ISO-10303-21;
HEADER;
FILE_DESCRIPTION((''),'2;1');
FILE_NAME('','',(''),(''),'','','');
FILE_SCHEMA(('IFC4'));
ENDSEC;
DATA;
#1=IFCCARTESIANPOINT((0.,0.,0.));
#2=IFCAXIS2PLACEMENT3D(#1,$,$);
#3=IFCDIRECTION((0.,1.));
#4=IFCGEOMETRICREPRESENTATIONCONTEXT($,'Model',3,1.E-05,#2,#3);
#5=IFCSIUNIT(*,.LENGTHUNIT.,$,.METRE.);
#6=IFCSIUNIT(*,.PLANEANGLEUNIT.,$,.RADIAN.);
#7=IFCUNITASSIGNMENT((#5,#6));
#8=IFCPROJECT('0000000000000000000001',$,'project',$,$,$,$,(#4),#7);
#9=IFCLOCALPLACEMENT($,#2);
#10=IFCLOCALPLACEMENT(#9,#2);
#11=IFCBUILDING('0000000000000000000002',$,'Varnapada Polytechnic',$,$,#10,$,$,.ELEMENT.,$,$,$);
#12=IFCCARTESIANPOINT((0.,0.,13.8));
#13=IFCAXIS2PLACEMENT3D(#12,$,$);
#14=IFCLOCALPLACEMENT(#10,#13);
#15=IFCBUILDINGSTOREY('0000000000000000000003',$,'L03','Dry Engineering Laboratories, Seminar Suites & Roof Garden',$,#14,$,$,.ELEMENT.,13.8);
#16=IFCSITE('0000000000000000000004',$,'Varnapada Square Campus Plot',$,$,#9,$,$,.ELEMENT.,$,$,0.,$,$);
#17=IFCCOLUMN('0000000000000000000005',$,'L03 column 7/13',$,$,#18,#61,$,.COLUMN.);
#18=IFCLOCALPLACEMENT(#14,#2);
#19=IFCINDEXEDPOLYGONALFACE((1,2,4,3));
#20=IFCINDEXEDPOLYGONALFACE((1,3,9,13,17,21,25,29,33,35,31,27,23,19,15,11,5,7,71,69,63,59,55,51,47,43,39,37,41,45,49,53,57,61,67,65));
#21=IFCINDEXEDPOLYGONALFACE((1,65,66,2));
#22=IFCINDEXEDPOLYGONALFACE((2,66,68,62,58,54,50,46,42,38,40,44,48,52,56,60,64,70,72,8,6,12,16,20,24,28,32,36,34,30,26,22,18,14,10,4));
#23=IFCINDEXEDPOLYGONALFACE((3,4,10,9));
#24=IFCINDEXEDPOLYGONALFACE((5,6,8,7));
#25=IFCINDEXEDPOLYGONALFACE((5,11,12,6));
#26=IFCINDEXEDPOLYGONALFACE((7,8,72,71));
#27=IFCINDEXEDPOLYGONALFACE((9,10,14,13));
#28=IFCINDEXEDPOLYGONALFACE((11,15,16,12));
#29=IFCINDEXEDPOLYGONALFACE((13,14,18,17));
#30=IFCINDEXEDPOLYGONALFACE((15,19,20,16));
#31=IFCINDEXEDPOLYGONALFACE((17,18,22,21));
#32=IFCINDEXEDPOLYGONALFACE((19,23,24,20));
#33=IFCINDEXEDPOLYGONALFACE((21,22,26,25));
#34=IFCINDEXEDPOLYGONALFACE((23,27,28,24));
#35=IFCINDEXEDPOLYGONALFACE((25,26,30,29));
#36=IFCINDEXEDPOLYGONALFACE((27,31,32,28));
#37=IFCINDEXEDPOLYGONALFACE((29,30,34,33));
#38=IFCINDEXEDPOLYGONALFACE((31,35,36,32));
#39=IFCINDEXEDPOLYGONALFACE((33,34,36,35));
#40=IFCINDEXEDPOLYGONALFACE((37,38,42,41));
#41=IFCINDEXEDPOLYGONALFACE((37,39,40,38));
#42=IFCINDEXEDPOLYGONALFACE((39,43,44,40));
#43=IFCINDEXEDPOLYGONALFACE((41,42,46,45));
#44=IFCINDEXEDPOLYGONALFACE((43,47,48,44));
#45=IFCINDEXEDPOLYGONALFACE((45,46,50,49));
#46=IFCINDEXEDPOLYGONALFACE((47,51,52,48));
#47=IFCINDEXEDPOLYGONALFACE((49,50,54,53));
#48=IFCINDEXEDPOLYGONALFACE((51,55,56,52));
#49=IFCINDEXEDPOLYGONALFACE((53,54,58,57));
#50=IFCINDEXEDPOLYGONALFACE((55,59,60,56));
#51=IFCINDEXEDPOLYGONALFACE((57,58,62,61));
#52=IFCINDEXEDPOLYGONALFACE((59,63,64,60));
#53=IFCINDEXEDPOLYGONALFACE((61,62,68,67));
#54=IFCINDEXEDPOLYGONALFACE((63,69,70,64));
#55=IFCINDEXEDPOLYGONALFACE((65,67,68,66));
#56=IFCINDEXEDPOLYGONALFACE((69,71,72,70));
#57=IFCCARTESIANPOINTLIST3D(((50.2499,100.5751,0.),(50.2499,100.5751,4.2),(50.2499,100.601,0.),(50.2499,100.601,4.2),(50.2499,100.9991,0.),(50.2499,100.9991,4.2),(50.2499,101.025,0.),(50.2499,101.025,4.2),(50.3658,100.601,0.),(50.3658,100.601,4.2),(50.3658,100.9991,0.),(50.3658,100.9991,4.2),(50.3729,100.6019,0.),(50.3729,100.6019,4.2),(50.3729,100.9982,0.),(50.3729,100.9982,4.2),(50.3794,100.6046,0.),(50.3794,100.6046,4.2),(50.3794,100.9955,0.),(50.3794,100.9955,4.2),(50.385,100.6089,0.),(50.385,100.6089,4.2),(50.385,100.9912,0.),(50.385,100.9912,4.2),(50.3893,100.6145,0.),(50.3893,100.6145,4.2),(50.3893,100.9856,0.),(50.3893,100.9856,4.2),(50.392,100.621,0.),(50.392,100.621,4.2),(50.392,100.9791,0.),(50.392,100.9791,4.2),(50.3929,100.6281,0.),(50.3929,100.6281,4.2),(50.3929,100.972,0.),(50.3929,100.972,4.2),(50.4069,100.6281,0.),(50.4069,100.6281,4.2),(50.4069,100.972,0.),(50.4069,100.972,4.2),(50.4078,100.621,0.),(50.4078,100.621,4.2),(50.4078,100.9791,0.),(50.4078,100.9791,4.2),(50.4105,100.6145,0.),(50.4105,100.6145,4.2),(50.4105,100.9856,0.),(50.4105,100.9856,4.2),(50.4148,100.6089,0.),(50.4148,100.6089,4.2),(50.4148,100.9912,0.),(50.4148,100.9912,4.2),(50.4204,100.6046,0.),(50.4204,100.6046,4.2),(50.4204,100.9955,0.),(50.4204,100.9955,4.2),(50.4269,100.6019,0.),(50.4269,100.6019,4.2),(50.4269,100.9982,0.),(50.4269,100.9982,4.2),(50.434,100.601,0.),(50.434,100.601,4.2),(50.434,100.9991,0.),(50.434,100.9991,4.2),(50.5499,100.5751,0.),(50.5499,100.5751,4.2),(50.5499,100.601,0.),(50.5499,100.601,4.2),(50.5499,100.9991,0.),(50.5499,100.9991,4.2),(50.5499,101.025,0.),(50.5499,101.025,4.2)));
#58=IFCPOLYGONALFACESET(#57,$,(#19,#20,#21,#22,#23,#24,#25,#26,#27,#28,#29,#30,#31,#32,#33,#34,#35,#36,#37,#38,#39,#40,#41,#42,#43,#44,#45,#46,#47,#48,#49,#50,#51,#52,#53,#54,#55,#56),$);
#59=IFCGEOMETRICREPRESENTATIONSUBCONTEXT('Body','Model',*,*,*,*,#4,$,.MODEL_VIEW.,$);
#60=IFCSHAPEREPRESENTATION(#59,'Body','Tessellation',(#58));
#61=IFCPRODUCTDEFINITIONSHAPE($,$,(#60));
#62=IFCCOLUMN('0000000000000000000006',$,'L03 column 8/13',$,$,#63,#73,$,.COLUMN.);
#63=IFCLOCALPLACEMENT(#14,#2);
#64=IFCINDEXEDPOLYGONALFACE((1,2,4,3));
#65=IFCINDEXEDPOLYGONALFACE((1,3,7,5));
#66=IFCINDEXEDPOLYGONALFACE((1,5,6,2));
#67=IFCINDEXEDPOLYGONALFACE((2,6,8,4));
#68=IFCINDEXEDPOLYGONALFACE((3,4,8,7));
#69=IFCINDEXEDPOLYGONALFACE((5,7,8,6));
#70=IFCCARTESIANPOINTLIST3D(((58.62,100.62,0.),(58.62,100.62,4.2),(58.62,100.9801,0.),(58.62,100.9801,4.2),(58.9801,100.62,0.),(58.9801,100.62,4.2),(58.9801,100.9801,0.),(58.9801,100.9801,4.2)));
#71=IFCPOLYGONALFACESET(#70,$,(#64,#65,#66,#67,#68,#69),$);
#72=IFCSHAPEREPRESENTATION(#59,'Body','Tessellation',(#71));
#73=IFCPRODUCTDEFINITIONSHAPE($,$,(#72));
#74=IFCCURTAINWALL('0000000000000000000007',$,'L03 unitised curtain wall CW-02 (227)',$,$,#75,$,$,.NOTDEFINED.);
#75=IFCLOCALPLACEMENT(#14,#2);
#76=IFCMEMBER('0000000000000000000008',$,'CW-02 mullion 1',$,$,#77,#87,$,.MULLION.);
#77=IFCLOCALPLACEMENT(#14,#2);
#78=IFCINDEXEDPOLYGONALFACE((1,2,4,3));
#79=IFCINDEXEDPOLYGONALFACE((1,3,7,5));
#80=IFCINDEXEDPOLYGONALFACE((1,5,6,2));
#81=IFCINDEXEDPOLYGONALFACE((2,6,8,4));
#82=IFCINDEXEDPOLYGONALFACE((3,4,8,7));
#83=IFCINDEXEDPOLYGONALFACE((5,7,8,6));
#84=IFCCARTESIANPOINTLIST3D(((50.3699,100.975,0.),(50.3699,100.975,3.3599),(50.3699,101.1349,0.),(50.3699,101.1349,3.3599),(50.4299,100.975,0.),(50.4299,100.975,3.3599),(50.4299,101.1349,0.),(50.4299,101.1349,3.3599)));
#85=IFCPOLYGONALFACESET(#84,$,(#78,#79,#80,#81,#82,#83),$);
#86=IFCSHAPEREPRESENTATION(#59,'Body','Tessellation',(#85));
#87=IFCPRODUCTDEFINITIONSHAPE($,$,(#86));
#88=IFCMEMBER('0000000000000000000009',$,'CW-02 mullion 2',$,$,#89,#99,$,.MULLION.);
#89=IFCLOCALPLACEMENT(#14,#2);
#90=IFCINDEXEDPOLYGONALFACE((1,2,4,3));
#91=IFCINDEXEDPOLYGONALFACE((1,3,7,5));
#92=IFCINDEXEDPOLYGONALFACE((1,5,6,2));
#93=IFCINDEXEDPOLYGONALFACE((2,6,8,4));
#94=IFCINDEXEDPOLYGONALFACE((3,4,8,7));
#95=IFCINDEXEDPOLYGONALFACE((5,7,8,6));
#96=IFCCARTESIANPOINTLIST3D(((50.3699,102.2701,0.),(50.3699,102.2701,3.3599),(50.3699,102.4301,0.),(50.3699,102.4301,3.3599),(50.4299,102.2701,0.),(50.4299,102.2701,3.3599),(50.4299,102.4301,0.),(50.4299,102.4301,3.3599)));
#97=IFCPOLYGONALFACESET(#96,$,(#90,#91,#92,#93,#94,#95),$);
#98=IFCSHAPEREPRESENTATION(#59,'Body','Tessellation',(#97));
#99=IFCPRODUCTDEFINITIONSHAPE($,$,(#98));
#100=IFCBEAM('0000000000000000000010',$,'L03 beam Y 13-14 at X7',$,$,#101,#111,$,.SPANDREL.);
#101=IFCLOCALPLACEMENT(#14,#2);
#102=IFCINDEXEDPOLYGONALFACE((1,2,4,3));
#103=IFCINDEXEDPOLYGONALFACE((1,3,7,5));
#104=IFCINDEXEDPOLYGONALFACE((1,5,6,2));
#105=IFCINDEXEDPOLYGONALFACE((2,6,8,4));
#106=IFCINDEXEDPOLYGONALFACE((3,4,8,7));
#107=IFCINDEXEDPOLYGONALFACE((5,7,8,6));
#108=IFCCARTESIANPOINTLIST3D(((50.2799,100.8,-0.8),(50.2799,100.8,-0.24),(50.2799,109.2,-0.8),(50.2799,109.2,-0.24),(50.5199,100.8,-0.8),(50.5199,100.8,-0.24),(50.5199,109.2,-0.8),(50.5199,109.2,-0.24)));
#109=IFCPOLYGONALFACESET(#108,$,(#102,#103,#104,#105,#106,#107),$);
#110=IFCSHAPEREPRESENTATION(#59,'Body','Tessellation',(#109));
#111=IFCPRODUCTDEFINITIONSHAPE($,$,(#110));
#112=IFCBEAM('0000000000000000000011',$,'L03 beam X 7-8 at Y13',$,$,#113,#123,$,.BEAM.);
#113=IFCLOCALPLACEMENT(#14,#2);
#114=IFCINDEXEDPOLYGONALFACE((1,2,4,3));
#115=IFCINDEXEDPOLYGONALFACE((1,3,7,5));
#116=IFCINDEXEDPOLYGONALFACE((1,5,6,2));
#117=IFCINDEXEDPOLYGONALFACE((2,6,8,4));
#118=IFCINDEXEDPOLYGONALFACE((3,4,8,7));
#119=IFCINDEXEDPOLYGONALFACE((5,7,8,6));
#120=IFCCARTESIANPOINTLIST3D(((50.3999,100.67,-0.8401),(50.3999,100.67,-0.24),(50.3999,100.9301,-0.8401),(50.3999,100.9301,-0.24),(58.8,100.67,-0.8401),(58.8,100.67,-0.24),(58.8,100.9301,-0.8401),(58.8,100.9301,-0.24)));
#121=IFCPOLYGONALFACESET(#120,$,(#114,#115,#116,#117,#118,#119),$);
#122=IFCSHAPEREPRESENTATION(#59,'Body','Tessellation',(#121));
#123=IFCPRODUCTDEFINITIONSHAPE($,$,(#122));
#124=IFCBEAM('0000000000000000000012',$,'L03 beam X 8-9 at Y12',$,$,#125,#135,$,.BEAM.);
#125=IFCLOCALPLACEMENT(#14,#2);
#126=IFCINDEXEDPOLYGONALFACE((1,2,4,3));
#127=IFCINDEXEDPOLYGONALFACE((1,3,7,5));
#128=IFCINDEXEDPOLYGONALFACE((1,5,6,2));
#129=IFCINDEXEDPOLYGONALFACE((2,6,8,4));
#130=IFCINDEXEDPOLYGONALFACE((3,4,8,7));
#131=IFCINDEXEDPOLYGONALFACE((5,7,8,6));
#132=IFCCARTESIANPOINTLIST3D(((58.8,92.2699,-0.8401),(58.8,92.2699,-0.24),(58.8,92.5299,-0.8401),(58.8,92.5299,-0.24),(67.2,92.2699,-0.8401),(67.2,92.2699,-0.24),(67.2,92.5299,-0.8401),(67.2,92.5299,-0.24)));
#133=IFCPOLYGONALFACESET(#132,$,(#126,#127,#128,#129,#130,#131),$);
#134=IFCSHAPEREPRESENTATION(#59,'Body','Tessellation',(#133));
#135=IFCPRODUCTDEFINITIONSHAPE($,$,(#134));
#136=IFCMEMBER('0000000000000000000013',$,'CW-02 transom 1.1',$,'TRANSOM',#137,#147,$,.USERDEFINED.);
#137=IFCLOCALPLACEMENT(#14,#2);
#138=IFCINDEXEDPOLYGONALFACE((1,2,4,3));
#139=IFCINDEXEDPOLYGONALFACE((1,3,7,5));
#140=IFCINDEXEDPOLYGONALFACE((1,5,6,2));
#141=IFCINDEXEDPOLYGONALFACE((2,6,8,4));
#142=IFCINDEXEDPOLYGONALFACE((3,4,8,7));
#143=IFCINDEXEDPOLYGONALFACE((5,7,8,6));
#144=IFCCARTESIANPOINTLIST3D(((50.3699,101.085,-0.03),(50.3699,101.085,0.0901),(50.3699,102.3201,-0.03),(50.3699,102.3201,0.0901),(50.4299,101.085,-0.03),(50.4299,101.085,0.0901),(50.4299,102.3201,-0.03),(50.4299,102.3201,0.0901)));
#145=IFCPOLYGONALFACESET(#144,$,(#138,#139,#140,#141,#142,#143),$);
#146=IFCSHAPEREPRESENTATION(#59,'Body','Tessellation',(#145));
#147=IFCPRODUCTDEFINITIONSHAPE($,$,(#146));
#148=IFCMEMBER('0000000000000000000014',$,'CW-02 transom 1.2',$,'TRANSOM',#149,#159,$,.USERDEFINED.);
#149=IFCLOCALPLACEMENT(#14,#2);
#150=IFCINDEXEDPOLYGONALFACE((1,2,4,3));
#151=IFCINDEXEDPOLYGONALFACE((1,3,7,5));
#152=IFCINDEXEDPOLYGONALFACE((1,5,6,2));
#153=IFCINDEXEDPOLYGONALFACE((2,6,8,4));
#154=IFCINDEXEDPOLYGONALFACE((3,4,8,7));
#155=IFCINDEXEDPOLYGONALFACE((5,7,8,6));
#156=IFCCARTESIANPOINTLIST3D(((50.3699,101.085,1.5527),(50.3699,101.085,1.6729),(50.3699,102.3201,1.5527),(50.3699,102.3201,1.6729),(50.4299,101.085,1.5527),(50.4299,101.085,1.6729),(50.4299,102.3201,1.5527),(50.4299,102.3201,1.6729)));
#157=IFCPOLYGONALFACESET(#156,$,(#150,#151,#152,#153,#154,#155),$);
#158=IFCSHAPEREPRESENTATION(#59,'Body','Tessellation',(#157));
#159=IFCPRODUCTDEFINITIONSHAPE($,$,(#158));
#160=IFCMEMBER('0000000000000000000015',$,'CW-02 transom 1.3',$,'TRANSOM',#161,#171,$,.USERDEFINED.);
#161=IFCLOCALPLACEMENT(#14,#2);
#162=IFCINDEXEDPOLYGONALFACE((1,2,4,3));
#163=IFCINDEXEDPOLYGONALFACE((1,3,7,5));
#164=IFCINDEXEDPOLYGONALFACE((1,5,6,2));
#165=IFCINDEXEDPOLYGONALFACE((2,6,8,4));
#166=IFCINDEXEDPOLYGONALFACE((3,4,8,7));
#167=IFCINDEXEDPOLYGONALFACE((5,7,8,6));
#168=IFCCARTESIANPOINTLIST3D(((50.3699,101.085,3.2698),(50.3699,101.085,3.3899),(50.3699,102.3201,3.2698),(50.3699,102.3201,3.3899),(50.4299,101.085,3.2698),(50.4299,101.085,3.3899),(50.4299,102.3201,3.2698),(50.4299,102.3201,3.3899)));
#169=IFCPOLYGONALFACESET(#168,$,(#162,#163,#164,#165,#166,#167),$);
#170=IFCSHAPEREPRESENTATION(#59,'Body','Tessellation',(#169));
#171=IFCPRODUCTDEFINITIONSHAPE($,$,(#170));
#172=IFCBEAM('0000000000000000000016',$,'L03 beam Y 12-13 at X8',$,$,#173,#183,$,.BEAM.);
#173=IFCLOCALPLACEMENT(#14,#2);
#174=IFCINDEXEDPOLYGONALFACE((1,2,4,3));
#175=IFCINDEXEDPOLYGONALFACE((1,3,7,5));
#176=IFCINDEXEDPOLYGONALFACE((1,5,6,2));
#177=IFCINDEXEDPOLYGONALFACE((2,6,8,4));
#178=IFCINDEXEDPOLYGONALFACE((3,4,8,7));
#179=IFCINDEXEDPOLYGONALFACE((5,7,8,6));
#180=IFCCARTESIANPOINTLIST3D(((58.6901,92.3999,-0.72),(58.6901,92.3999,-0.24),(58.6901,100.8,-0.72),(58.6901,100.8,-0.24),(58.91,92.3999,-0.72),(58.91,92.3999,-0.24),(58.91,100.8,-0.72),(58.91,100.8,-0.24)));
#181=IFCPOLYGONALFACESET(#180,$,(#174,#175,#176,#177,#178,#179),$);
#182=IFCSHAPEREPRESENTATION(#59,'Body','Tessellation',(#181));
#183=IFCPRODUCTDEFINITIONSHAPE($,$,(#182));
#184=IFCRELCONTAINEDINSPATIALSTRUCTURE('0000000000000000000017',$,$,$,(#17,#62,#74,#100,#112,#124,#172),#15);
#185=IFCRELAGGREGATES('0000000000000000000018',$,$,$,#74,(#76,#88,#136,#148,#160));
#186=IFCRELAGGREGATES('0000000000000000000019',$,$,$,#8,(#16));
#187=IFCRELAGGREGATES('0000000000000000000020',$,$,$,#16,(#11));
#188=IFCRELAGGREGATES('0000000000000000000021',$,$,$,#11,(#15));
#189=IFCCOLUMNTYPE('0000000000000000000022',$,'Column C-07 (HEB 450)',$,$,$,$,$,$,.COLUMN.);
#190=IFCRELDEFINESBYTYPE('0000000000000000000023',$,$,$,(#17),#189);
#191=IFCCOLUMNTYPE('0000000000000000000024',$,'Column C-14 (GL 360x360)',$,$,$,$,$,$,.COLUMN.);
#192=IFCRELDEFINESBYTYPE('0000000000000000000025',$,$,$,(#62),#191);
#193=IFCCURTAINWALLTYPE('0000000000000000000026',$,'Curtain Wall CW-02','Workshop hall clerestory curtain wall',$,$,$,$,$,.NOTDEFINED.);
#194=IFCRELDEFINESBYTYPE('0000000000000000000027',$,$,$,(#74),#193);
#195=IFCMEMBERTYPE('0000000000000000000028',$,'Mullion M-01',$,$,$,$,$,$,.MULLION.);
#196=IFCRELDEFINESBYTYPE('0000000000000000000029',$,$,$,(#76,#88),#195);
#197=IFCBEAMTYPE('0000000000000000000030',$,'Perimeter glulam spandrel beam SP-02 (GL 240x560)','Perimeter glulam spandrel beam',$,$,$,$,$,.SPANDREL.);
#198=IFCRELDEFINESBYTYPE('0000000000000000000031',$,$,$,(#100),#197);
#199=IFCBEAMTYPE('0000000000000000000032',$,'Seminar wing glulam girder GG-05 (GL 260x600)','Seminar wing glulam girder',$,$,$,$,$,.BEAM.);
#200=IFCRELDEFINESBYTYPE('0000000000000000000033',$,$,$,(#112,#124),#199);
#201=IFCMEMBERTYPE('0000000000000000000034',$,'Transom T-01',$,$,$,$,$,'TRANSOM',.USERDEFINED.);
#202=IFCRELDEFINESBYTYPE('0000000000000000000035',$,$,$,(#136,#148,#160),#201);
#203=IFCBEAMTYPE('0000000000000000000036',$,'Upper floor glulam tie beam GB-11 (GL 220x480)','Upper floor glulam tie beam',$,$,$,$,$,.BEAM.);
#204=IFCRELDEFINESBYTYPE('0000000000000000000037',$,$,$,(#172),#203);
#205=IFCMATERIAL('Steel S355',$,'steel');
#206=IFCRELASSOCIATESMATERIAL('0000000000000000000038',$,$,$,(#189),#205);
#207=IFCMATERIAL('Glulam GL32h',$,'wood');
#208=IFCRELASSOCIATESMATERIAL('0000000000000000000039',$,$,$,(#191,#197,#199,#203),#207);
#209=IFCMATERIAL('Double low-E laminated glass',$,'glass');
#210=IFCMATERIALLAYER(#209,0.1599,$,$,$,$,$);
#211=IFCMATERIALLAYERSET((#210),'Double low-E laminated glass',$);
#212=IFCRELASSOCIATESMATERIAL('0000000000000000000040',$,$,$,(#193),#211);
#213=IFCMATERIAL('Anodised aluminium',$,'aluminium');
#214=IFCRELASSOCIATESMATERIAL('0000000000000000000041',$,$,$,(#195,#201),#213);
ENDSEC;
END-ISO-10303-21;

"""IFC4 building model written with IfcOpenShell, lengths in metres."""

from ifc_helpers import new_model, si_unit, direction, frame, origin, origin_2d, place, context, subcontext, project, spatial, rectangle, i_section, extrude, material, layer, layer_set, material_profile, profile_set, type_object, element, aggregate, save


model = new_model("IFC4")

# Units and contexts
model_context = context("Model", 3, precision=1e-05, world=origin(), true_north=direction((0.0, 1.0)))
body_context = subcontext(model_context, "Body", "Model", "MODEL_VIEW")
ifc_project = project(units=[si_unit("LENGTHUNIT", "METRE"), si_unit("PLANEANGLEUNIT", "RADIAN")], contexts=[model_context])

# Site, building, storey
site_placement = place(None, origin())
site = spatial("IfcSite", under=ifc_project, at=site_placement, Name="Varnapada Square Campus Plot", CompositionType="ELEMENT", RefElevation=0.0)
building_placement = place(site_placement, origin())
building = spatial("IfcBuilding", under=site, at=building_placement, Name="Varnapada Polytechnic", CompositionType="ELEMENT")
storey_placement = place(building_placement, frame((0.0, 0.0, 13.8)))
storey = spatial("IfcBuildingStorey", under=building, at=storey_placement, Name="L03", Description="Dry Engineering Laboratories, Seminar Suites & Roof Garden", CompositionType="ELEMENT", Elevation=13.8)

# Columns
ifc_material_1 = material(Name="Steel S355", Category="steel")
ifc_material_profile_1 = material_profile(ifc_material_1, i_section(OverallWidth=0.3, OverallDepth=0.45, WebThickness=0.0139, FlangeThickness=0.0259, FilletRadius=0.0271, at=origin_2d()), Name="HEB 450")
ifc_profile_set_1 = profile_set([ifc_material_profile_1], Name="Steel S355")
column_type_1 = type_object("IfcColumnType", Name="Column C-07 (HEB 450)", PredefinedType="COLUMN", material=ifc_profile_set_1)
column_1_placement = place(storey_placement, frame((50.3999, 100.8, 0.0), z_axis=(0.0, 0.0, 1.0), x_axis=(1.0, 0.0, 0.0)))
element("IfcColumn", 1, at=column_1_placement, inside=storey, type_object=column_type_1, Name="L03 column 7/13", PredefinedType="COLUMN", context=body_context, shape_type="SweptSolid", body=[
    extrude(i_section(OverallWidth=0.3, OverallDepth=0.45, WebThickness=0.0139, FlangeThickness=0.0259, FilletRadius=0.0271, at=origin_2d()), origin(), (0.0, 0.0, 1.0), 4.2),
])
ifc_material_2 = material(Name="Glulam GL32h", Category="wood")
ifc_material_profile_2 = material_profile(ifc_material_2, rectangle(XDim=0.3601, YDim=0.3601, at=origin_2d()), Name="GL 360x360")
ifc_profile_set_2 = profile_set([ifc_material_profile_2], Name="Glulam GL32h")
column_type_2 = type_object("IfcColumnType", Name="Column C-14 (GL 360x360)", PredefinedType="COLUMN", material=ifc_profile_set_2)
column_2_placement = place(storey_placement, frame((58.8, 100.8, 0.0), z_axis=(0.0, 0.0, 1.0), x_axis=(1.0, 0.0, 0.0)))
element("IfcColumn", 2, at=column_2_placement, inside=storey, type_object=column_type_2, Name="L03 column 8/13", PredefinedType="COLUMN", context=body_context, shape_type="SweptSolid", body=[
    extrude(rectangle(XDim=0.3601, YDim=0.3601, at=origin_2d()), origin(), (0.0, 0.0, 1.0), 4.2),
])

# Curtain wall, members
ifc_material_3 = material(Name="Double low-E laminated glass", Category="glass")
ifc_layer_1 = layer(ifc_material_3, 0.1599)
ifc_layer_set_1 = layer_set([ifc_layer_1], Name="Double low-E laminated glass")
curtain_wall_type = type_object("IfcCurtainWallType", Name="Curtain Wall CW-02", Description="Workshop hall clerestory curtain wall", PredefinedType="NOTDEFINED", material=ifc_layer_set_1)
curtain_wall_placement = place(storey_placement, origin())
curtain_wall = element("IfcCurtainWall", 3, at=curtain_wall_placement, inside=storey, type_object=curtain_wall_type, Name="L03 unitised curtain wall CW-02 (227)", PredefinedType="NOTDEFINED")
ifc_material_4 = material(Name="Anodised aluminium", Category="aluminium")
ifc_material_profile_3 = material_profile(ifc_material_4, rectangle(XDim=0.0601, YDim=0.1599, at=origin_2d()), Name="ALU M60x160")
ifc_profile_set_3 = profile_set([ifc_material_profile_3], Name="Anodised aluminium")
member_type_1 = type_object("IfcMemberType", Name="Mullion M-01", PredefinedType="MULLION", material=ifc_profile_set_3)
member_1_placement = place(storey_placement, frame((50.3999, 101.0549, 0.0), z_axis=(0.0, 0.0, 1.0), x_axis=(-1.0, 0.0, 0.0)))
member_1 = element("IfcMember", 4, at=member_1_placement, type_object=member_type_1, Name="CW-02 mullion 1", PredefinedType="MULLION", context=body_context, shape_type="SweptSolid", body=[
    extrude(rectangle(XDim=0.0601, YDim=0.1599, at=origin_2d()), origin(), (0.0, 0.0, 1.0), 3.3599),
])
member_2_placement = place(storey_placement, frame((50.3999, 102.3501, 0.0), z_axis=(0.0, 0.0, 1.0), x_axis=(-1.0, 0.0, 0.0)))
member_2 = element("IfcMember", 5, at=member_2_placement, type_object=member_type_1, Name="CW-02 mullion 2", PredefinedType="MULLION", context=body_context, shape_type="SweptSolid", body=[
    extrude(rectangle(XDim=0.0601, YDim=0.1599, at=origin_2d()), origin(), (0.0, 0.0, 1.0), 3.3599),
])

# Beams
ifc_material_profile_4 = material_profile(ifc_material_2, rectangle(XDim=0.24, YDim=0.5601, at=origin_2d()), Name="GL 240x560")
ifc_profile_set_4 = profile_set([ifc_material_profile_4], Name="Glulam GL32h")
beam_type_1 = type_object("IfcBeamType", Name="Perimeter glulam spandrel beam SP-02 (GL 240x560)", Description="Perimeter glulam spandrel beam", PredefinedType="SPANDREL", material=ifc_profile_set_4)
beam_1_placement = place(storey_placement, frame((50.3999, 100.8, -0.52), z_axis=(0.0, 1.0, 0.0), x_axis=(-1.0, 0.0, 0.0)))
element("IfcBeam", 6, at=beam_1_placement, inside=storey, type_object=beam_type_1, Name="L03 beam Y 13-14 at X7", PredefinedType="SPANDREL", context=body_context, shape_type="SweptSolid", body=[
    extrude(rectangle(XDim=0.24, YDim=0.5601, at=origin_2d()), origin(), (0.0, 0.0, 1.0), 8.3999),
])
ifc_material_profile_5 = material_profile(ifc_material_2, rectangle(XDim=0.26, YDim=0.6001, at=origin_2d()), Name="GL 260x600")
ifc_profile_set_5 = profile_set([ifc_material_profile_5], Name="Glulam GL32h")
beam_type_2 = type_object("IfcBeamType", Name="Seminar wing glulam girder GG-05 (GL 260x600)", Description="Seminar wing glulam girder", PredefinedType="BEAM", material=ifc_profile_set_5)
beam_2_placement = place(storey_placement, frame((50.3999, 100.8, -0.54), z_axis=(1.0, 0.0, 0.0), x_axis=(0.0, 1.0, 0.0)))
element("IfcBeam", 7, at=beam_2_placement, inside=storey, type_object=beam_type_2, Name="L03 beam X 7-8 at Y13", PredefinedType="BEAM", context=body_context, shape_type="SweptSolid", body=[
    extrude(rectangle(XDim=0.26, YDim=0.6001, at=origin_2d()), origin(), (0.0, 0.0, 1.0), 8.4001),
])
beam_3_placement = place(storey_placement, frame((58.8, 92.3999, -0.54), z_axis=(1.0, 0.0, 0.0), x_axis=(0.0, 1.0, 0.0)))
element("IfcBeam", 8, at=beam_3_placement, inside=storey, type_object=beam_type_2, Name="L03 beam X 8-9 at Y12", PredefinedType="BEAM", context=body_context, shape_type="SweptSolid", body=[
    extrude(rectangle(XDim=0.26, YDim=0.6001, at=origin_2d()), origin(), (0.0, 0.0, 1.0), 8.3999),
])

# Members
ifc_material_profile_6 = material_profile(ifc_material_4, rectangle(XDim=0.0601, YDim=0.1201, at=origin_2d()), Name="ALU T60x120")
ifc_profile_set_6 = profile_set([ifc_material_profile_6], Name="Anodised aluminium")
member_type_2 = type_object("IfcMemberType", Name="Transom T-01", ElementType="TRANSOM", PredefinedType="USERDEFINED", material=ifc_profile_set_6)
member_3_placement = place(storey_placement, frame((50.3999, 101.085, 0.03), z_axis=(0.0, 1.0, 0.0), x_axis=(-1.0, 0.0, 0.0)))
member_3 = element("IfcMember", 9, at=member_3_placement, type_object=member_type_2, Name="CW-02 transom 1.1", ObjectType="TRANSOM", PredefinedType="USERDEFINED", context=body_context, shape_type="SweptSolid", body=[
    extrude(rectangle(XDim=0.0601, YDim=0.1201, at=origin_2d()), origin(), (0.0, 0.0, 1.0), 1.2351),
])
member_4_placement = place(storey_placement, frame((50.3999, 101.085, 1.6128), z_axis=(0.0, 1.0, 0.0), x_axis=(-1.0, 0.0, 0.0)))
member_4 = element("IfcMember", 10, at=member_4_placement, type_object=member_type_2, Name="CW-02 transom 1.2", ObjectType="TRANSOM", PredefinedType="USERDEFINED", context=body_context, shape_type="SweptSolid", body=[
    extrude(rectangle(XDim=0.0601, YDim=0.1201, at=origin_2d()), origin(), (0.0, 0.0, 1.0), 1.2351),
])
member_5_placement = place(storey_placement, frame((50.3999, 101.085, 3.3298), z_axis=(0.0, 1.0, 0.0), x_axis=(-1.0, 0.0, 0.0)))
member_5 = element("IfcMember", 11, at=member_5_placement, type_object=member_type_2, Name="CW-02 transom 1.3", ObjectType="TRANSOM", PredefinedType="USERDEFINED", context=body_context, shape_type="SweptSolid", body=[
    extrude(rectangle(XDim=0.0601, YDim=0.1201, at=origin_2d()), origin(), (0.0, 0.0, 1.0), 1.2351),
])

# Beam
ifc_material_profile_7 = material_profile(ifc_material_2, rectangle(XDim=0.22, YDim=0.48, at=origin_2d()), Name="GL 220x480")
ifc_profile_set_7 = profile_set([ifc_material_profile_7], Name="Glulam GL32h")
beam_type_3 = type_object("IfcBeamType", Name="Upper floor glulam tie beam GB-11 (GL 220x480)", Description="Upper floor glulam tie beam", PredefinedType="BEAM", material=ifc_profile_set_7)
beam_4_placement = place(storey_placement, frame((58.8, 92.3999, -0.48), z_axis=(0.0, 1.0, 0.0), x_axis=(-1.0, 0.0, 0.0)))
element("IfcBeam", 12, at=beam_4_placement, inside=storey, type_object=beam_type_3, Name="L03 beam Y 12-13 at X8", PredefinedType="BEAM", context=body_context, shape_type="SweptSolid", body=[
    extrude(rectangle(XDim=0.22, YDim=0.48, at=origin_2d()), origin(), (0.0, 0.0, 1.0), 8.4001),
])

aggregate(curtain_wall, [member_1, member_2, member_3, member_4, member_5])

save(model, "model.ifc")
